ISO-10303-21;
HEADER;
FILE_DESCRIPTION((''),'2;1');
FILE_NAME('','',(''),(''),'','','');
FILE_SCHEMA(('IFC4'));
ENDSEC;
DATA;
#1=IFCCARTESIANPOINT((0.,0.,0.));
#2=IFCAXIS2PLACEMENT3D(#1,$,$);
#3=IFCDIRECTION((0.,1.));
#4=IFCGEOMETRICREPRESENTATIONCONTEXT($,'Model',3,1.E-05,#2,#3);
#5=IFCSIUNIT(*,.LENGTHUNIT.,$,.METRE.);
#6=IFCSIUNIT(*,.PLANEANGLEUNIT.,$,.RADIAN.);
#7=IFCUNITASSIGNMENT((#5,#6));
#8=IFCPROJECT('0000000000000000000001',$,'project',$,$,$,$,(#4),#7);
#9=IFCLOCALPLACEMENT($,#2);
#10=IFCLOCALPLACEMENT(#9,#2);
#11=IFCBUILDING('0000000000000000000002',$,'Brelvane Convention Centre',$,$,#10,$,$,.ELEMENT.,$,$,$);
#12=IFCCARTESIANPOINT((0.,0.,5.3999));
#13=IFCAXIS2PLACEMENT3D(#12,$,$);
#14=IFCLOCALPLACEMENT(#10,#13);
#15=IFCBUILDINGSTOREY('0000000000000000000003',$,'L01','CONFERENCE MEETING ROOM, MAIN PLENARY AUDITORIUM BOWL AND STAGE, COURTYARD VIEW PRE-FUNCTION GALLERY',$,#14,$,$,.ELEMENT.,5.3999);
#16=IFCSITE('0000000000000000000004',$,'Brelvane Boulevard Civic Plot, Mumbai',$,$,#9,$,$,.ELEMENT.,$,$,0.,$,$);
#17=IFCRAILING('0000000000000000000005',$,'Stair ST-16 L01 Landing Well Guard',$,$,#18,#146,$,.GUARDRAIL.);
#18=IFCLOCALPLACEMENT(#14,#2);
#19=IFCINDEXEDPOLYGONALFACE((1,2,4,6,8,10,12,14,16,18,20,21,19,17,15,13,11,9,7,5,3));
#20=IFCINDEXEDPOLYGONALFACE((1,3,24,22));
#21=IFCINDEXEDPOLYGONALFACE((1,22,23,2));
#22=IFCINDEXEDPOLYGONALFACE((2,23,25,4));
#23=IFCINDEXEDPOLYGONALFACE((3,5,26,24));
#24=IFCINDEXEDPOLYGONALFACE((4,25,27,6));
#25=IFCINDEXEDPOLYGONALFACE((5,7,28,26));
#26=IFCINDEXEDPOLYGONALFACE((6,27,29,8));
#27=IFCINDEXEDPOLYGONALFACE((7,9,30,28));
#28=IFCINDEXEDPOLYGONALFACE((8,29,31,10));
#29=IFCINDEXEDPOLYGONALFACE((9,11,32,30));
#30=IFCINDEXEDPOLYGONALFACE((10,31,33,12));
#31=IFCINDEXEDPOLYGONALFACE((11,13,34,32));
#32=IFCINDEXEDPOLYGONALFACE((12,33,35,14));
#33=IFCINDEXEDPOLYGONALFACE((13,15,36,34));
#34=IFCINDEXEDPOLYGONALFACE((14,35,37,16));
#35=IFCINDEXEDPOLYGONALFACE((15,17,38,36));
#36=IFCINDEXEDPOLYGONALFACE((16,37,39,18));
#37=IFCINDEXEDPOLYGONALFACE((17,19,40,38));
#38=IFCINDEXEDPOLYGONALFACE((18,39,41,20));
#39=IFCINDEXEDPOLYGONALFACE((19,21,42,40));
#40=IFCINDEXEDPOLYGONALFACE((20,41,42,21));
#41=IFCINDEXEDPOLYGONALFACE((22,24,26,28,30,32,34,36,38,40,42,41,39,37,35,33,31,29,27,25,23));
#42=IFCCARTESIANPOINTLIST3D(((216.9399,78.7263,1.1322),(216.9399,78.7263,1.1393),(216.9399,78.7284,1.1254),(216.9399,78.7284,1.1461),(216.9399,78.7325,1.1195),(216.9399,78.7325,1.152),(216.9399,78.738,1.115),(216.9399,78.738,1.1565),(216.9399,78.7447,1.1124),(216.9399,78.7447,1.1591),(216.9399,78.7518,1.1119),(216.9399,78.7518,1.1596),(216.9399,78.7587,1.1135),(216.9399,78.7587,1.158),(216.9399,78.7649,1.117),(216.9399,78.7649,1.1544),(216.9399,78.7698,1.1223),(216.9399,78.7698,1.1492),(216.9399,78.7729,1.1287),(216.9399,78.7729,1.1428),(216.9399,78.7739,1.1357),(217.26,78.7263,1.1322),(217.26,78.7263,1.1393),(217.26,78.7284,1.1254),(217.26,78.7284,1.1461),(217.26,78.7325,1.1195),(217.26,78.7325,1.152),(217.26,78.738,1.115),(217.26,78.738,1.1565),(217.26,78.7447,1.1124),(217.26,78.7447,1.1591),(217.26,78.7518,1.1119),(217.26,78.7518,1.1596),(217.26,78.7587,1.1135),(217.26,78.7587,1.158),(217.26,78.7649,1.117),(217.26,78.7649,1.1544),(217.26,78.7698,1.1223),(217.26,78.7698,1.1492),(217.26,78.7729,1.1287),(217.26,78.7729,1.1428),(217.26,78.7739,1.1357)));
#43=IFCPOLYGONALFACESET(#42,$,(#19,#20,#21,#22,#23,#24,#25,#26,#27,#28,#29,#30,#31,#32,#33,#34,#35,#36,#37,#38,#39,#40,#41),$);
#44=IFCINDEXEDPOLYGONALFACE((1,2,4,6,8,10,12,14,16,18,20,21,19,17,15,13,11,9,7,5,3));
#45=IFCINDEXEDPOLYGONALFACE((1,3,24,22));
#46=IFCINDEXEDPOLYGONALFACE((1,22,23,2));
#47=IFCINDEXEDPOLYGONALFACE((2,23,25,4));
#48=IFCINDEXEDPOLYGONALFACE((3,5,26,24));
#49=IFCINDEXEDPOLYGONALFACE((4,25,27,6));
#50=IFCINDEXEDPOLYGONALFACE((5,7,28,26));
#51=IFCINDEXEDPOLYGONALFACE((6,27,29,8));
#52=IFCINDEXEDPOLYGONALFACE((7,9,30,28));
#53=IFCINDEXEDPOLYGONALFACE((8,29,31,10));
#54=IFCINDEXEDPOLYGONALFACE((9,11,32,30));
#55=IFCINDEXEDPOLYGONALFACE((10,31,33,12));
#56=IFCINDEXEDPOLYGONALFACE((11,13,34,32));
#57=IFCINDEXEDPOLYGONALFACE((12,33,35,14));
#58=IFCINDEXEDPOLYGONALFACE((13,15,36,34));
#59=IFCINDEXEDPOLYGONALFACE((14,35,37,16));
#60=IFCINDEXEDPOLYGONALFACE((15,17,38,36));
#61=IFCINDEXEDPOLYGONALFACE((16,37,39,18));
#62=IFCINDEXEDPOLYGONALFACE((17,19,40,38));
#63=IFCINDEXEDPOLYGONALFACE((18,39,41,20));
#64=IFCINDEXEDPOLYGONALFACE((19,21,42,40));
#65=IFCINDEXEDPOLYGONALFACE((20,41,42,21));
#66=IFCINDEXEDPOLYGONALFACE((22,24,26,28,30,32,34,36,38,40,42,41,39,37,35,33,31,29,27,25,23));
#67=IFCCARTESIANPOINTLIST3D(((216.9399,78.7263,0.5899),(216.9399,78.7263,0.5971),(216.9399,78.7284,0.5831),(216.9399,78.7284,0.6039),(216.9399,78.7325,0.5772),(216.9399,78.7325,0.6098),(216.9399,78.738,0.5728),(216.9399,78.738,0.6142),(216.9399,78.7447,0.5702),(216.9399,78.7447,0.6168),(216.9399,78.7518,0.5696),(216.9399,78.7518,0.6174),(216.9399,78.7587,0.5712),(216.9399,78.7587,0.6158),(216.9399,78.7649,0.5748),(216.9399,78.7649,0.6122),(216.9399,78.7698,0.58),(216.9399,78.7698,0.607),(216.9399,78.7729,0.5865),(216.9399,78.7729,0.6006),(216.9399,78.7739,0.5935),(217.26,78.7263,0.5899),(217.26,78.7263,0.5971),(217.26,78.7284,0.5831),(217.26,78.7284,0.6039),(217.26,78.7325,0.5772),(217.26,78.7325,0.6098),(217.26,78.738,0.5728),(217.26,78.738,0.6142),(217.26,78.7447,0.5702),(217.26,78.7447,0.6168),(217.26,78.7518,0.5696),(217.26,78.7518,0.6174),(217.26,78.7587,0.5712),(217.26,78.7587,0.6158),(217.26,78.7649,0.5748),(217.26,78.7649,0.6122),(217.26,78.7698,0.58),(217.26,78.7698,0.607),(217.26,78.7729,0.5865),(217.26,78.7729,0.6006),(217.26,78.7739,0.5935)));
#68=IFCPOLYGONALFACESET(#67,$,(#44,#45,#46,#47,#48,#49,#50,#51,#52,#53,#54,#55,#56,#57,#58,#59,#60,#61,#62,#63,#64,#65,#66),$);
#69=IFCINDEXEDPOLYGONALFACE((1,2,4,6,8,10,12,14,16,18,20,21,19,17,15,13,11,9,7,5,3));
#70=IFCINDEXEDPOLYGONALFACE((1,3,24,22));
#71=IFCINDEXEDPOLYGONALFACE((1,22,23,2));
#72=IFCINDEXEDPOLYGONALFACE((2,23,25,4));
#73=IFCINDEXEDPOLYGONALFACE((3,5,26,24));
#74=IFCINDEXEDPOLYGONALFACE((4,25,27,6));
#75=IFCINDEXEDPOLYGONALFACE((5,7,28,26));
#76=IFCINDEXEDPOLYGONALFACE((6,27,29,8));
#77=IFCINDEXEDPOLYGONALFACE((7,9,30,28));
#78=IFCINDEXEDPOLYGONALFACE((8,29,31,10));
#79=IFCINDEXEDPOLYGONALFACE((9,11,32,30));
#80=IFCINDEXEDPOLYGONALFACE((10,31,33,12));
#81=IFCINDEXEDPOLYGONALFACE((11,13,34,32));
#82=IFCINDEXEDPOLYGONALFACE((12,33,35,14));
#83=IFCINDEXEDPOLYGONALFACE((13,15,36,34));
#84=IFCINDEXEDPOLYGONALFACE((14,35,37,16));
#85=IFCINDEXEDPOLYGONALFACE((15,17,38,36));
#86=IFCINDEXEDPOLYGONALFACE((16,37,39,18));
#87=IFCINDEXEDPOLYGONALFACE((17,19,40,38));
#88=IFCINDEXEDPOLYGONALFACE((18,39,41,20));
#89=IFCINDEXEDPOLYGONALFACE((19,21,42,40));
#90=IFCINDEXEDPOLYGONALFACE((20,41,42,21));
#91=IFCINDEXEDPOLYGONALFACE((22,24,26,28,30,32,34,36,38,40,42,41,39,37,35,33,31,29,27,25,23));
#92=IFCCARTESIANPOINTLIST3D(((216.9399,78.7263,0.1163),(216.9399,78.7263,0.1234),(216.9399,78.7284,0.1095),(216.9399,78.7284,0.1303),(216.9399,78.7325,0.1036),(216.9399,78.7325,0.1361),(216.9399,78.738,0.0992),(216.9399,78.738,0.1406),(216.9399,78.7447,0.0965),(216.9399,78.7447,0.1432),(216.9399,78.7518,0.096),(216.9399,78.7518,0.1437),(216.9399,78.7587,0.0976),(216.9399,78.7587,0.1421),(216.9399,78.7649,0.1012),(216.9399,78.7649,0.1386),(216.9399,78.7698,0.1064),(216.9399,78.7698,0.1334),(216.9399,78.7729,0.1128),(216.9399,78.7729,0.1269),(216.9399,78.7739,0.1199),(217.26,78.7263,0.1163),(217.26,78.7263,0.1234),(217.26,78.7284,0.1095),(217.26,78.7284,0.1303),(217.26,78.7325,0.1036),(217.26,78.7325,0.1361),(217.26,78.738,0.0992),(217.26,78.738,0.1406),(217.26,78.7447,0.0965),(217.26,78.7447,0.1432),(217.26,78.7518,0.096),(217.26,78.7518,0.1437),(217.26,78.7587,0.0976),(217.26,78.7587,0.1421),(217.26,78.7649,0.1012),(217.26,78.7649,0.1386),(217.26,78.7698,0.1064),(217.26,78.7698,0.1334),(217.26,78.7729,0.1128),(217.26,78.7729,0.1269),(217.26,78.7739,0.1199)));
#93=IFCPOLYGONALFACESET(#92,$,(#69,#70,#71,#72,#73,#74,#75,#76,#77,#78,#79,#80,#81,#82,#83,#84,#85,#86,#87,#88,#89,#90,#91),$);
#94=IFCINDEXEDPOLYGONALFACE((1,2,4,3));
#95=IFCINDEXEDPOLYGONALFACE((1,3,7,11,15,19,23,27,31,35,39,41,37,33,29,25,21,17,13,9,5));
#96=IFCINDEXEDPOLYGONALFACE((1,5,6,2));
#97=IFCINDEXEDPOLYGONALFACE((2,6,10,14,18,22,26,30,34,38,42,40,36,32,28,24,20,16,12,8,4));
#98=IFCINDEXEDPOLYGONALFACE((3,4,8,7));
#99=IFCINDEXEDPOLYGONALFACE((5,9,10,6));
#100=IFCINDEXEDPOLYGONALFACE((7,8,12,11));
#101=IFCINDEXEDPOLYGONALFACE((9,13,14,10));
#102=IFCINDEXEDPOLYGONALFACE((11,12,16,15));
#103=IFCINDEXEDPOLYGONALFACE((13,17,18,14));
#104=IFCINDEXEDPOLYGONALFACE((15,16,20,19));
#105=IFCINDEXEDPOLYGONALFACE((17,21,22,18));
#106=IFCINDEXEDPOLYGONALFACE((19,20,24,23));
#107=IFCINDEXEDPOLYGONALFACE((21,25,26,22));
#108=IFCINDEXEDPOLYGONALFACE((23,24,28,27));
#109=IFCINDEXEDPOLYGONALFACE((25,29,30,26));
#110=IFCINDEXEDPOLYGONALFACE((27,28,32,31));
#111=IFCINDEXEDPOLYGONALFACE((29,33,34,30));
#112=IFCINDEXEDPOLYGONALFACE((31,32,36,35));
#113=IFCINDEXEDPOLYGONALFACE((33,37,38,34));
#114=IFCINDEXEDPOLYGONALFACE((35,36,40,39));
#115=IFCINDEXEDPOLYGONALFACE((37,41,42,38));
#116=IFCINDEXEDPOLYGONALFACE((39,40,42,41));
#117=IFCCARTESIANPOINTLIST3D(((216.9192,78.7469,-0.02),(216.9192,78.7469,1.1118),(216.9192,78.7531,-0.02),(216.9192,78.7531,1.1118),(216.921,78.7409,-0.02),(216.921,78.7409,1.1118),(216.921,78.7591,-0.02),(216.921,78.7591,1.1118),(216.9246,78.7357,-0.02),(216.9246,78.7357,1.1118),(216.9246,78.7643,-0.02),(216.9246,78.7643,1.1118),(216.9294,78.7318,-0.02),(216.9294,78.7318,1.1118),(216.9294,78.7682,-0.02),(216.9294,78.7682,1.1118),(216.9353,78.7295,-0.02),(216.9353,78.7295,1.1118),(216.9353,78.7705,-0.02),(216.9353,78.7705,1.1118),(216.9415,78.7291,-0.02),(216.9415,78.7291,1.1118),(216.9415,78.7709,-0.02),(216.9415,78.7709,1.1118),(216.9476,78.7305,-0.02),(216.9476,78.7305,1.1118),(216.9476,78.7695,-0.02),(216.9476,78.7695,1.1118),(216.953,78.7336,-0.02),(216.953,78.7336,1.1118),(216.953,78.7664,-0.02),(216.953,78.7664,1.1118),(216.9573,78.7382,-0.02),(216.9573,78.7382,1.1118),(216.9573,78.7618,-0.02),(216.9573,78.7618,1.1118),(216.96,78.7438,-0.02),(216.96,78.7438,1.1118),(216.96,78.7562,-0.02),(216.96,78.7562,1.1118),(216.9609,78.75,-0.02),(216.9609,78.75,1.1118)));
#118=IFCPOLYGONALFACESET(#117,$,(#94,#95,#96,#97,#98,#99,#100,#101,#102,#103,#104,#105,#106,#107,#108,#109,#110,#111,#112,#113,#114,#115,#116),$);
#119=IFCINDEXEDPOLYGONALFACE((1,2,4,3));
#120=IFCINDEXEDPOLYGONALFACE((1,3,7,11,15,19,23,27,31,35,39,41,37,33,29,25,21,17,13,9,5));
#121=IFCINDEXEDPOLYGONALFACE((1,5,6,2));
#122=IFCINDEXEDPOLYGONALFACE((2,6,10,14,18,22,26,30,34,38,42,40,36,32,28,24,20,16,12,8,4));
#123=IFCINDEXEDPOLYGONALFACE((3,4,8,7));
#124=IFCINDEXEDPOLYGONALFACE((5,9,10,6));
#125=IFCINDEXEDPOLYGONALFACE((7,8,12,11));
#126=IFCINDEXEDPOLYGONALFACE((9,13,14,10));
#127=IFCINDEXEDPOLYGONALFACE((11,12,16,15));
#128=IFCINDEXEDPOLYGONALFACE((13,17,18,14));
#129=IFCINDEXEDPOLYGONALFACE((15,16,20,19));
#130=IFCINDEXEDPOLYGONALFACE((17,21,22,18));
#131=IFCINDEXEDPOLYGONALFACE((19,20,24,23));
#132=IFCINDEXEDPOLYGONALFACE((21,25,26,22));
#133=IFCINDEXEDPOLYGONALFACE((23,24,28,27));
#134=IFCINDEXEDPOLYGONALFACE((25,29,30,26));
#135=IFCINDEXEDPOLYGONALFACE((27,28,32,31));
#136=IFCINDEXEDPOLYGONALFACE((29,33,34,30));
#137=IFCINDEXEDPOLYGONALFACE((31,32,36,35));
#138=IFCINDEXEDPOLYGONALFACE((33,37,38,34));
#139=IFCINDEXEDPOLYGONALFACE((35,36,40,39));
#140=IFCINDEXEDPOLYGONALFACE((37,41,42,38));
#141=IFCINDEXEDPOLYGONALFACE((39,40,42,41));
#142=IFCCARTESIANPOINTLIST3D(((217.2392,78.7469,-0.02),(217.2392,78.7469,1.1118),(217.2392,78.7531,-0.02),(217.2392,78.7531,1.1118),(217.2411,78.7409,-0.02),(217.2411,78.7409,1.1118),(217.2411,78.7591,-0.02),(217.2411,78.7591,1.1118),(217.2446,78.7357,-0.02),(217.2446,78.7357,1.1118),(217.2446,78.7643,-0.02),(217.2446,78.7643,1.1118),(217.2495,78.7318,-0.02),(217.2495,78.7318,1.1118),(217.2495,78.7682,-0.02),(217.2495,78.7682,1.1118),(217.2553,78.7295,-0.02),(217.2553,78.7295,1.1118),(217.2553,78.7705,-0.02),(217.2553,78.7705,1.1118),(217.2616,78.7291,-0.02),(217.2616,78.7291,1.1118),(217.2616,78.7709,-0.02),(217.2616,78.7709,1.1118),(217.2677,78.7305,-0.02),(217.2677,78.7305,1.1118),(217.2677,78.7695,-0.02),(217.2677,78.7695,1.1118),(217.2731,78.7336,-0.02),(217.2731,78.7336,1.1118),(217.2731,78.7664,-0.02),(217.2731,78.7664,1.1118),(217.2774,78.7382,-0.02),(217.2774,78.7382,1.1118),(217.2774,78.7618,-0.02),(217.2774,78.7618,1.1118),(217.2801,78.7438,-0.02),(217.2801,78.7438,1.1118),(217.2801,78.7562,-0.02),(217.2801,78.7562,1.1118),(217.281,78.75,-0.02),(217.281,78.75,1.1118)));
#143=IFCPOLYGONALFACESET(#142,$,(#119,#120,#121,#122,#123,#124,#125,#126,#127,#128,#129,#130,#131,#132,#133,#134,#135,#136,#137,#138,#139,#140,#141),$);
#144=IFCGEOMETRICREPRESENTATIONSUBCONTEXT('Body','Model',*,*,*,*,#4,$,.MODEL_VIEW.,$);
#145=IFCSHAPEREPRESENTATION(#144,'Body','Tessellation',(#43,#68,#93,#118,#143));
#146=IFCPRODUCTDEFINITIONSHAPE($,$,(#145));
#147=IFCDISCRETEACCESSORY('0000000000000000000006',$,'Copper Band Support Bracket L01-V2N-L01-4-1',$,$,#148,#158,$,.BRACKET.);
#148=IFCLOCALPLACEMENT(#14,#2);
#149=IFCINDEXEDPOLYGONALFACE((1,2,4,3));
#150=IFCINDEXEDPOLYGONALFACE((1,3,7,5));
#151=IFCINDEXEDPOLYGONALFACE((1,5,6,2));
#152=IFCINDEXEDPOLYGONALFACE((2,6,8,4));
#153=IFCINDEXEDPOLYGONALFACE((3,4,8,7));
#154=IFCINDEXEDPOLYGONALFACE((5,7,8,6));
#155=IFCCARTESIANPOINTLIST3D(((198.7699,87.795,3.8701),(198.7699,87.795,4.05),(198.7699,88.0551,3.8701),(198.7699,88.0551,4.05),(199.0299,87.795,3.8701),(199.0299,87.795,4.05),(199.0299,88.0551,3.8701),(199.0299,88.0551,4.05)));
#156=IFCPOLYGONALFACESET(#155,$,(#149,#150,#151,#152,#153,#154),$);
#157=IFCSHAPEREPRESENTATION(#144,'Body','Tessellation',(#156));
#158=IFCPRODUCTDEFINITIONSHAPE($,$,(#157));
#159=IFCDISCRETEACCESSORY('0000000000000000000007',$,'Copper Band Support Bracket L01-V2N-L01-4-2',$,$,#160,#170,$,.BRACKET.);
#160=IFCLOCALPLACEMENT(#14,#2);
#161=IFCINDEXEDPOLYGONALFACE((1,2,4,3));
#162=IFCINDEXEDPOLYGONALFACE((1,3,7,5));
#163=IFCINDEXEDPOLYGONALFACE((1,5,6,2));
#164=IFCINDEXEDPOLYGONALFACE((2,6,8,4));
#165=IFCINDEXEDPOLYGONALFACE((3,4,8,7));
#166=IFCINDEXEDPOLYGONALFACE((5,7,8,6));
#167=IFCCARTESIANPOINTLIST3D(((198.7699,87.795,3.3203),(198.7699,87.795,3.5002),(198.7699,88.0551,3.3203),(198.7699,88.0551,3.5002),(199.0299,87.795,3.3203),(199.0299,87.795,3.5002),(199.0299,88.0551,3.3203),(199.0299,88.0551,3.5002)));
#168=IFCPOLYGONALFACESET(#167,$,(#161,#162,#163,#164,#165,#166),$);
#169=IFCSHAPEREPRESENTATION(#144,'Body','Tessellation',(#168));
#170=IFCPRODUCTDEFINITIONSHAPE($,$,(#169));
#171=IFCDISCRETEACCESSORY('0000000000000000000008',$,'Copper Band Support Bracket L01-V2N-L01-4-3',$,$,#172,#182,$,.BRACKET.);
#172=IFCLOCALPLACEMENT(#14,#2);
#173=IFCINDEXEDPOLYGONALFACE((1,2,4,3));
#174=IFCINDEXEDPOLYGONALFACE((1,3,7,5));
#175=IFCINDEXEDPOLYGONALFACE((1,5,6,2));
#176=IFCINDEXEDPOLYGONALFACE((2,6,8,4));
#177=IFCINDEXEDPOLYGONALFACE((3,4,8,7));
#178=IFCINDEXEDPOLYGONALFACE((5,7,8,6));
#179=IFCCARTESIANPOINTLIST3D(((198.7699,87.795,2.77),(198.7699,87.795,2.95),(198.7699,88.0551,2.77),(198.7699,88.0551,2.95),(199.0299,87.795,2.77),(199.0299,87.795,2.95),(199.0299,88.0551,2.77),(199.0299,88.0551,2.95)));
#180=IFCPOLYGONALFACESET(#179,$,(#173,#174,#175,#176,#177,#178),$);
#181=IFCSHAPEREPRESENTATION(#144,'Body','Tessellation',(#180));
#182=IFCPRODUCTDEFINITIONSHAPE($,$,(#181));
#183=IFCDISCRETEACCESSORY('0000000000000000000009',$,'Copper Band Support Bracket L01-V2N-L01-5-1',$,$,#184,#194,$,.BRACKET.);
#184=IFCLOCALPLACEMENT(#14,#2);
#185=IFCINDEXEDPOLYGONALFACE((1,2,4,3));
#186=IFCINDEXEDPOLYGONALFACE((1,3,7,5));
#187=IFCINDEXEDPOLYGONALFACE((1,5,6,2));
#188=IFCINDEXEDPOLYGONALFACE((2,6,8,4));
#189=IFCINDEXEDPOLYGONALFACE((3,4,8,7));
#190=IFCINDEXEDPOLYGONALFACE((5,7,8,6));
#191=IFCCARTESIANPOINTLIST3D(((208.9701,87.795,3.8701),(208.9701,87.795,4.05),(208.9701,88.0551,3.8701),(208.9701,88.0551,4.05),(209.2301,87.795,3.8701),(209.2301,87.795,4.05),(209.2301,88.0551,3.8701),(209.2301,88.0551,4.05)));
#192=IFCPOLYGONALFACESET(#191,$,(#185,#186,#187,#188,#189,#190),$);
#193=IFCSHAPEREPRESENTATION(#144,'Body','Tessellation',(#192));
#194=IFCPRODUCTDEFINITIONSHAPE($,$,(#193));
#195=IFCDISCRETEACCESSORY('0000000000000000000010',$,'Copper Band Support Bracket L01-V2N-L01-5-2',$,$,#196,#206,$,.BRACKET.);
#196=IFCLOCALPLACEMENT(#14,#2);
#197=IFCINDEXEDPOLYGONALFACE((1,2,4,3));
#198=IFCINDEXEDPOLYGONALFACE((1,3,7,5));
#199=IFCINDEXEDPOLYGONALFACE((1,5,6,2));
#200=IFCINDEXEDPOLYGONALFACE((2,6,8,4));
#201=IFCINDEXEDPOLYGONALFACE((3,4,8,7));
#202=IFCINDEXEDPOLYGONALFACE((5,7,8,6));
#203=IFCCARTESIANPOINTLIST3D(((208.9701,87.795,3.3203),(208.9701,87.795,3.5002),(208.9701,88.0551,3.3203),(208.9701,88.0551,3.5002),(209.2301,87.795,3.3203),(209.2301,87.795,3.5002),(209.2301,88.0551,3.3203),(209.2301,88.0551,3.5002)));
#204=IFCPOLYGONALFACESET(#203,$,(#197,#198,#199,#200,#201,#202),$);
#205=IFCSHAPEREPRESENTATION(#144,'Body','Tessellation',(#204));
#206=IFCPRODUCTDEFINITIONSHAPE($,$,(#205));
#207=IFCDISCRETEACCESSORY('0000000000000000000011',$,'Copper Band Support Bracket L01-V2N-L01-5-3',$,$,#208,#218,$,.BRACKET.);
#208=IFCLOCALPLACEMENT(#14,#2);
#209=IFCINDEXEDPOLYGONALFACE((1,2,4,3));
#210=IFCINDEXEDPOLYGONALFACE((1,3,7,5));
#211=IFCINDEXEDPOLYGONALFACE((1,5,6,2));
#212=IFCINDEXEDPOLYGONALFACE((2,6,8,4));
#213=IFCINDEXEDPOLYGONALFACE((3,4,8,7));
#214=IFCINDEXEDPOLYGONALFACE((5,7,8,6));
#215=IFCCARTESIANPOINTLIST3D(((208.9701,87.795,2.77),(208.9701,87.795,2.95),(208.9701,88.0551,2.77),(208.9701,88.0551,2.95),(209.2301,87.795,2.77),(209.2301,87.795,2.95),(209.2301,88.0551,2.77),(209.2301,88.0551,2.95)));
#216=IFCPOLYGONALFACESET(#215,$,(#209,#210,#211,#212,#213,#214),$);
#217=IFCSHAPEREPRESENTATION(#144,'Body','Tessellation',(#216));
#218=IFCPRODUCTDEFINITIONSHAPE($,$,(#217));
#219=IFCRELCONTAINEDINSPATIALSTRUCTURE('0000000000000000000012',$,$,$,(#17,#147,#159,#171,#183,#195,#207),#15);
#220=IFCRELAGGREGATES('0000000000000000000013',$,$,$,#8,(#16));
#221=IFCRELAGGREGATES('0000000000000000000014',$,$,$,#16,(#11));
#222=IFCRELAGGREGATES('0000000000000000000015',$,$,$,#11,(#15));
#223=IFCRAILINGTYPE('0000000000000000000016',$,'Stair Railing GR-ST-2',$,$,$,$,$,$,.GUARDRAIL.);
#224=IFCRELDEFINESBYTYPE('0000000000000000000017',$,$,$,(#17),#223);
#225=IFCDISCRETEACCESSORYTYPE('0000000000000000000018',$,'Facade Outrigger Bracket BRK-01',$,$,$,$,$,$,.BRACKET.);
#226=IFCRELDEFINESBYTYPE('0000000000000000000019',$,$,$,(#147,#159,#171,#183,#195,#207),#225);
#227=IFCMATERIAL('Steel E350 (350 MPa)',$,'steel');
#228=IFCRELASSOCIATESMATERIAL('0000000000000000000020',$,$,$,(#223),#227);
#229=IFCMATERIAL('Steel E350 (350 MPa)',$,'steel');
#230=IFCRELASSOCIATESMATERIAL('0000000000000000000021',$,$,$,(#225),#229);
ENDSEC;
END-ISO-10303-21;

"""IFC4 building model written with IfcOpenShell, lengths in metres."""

from ifc_helpers import new_model, si_unit, direction, frame, origin, origin_2d, place, context, subcontext, project, spatial, rectangle, circle, extrude, material, type_object, element, save


model = new_model("IFC4")

# Units and contexts
model_context = context("Model", 3, precision=1e-05, world=origin(), true_north=direction((0.0, 1.0)))
body_context = subcontext(model_context, "Body", "Model", "MODEL_VIEW")
ifc_project = project(units=[si_unit("LENGTHUNIT", "METRE"), si_unit("PLANEANGLEUNIT", "RADIAN")], contexts=[model_context])

# Site, building, storey
site_placement = place(None, origin())
site = spatial("IfcSite", under=ifc_project, at=site_placement, Name="Brelvane Boulevard Civic Plot, Mumbai", CompositionType="ELEMENT", RefElevation=0.0)
building_placement = place(site_placement, origin())
building = spatial("IfcBuilding", under=site, at=building_placement, Name="Brelvane Convention Centre", CompositionType="ELEMENT")
storey_placement = place(building_placement, frame((0.0, 0.0, 5.3999)))
storey = spatial("IfcBuildingStorey", under=building, at=storey_placement, Name="L01", Description="CONFERENCE MEETING ROOM, MAIN PLENARY AUDITORIUM BOWL AND STAGE, COURTYARD VIEW PRE-FUNCTION GALLERY", CompositionType="ELEMENT", Elevation=5.3999)

# Railing
ifc_material_1 = material(Name="Steel E350 (350 MPa)", Category="steel")
railing_type_1 = type_object("IfcRailingType", Name="Stair Railing GR-ST-2", PredefinedType="GUARDRAIL", material=ifc_material_1)
railing_1_placement = place(storey_placement, frame((216.9399, 78.75, -0.02)))
element("IfcRailing", 1, at=railing_1_placement, inside=storey, type_object=railing_type_1, Name="Stair ST-16 L01 Landing Well Guard", PredefinedType="GUARDRAIL", context=body_context, shape_type="SweptSolid", body=[
    extrude(circle(Radius=0.0239, at=origin_2d()), frame((0.0, 0.0, 1.1558), z_axis=(1.0, 0.0, 0.0), x_axis=(0.0, 1.0, 0.0)), (0.0, 0.0, 1.0), 0.3201),
    extrude(circle(Radius=0.0239, at=origin_2d()), frame((0.0, 0.0, 0.6135), z_axis=(1.0, 0.0, 0.0), x_axis=(0.0, 1.0, 0.0)), (0.0, 0.0, 1.0), 0.3201),
    extrude(circle(Radius=0.0239, at=origin_2d()), frame((0.0, 0.0, 0.1399), z_axis=(1.0, 0.0, 0.0), x_axis=(0.0, 1.0, 0.0)), (0.0, 0.0, 1.0), 0.3201),
    extrude(circle(Radius=0.021, at=origin_2d()), origin(), (0.0, 0.0, 1.0), 1.1318),
    extrude(circle(Radius=0.021, at=origin_2d()), frame((0.3201, 0.0, 0.0)), (0.0, 0.0, 1.0), 1.1318),
])

# Discrete accessories
ifc_material_2 = material(Name="Steel E350 (350 MPa)", Category="steel")
discrete_accessory_type = type_object("IfcDiscreteAccessoryType", Name="Facade Outrigger Bracket BRK-01", PredefinedType="BRACKET", material=ifc_material_2)
for number, where, z_axis, x_axis, name in (
    (2, (198.8999, 87.925, 3.8701), (0.0, 0.0, 1.0), (1.0, 0.0, 0.0), "Copper Band Support Bracket L01-V2N-L01-4-1"),
    (3, (198.8999, 87.925, 3.3203), (0.0, 0.0, 1.0), (1.0, 0.0, 0.0), "Copper Band Support Bracket L01-V2N-L01-4-2"),
    (4, (198.8999, 87.925, 2.77), (0.0, 0.0, 1.0), (1.0, 0.0, 0.0), "Copper Band Support Bracket L01-V2N-L01-4-3"),
    (5, (209.1001, 87.925, 3.8701), (0.0, 0.0, 1.0), (1.0, 0.0, 0.0), "Copper Band Support Bracket L01-V2N-L01-5-1"),
    (6, (209.1001, 87.925, 3.3203), (0.0, 0.0, 1.0), (1.0, 0.0, 0.0), "Copper Band Support Bracket L01-V2N-L01-5-2"),
    (7, (209.1001, 87.925, 2.77), (0.0, 0.0, 1.0), (1.0, 0.0, 0.0), "Copper Band Support Bracket L01-V2N-L01-5-3"),
):
    element("IfcDiscreteAccessory", number, at=place(storey_placement, frame(where, z_axis=z_axis, x_axis=x_axis)), inside=storey, type_object=discrete_accessory_type, Name=name, PredefinedType="BRACKET", context=body_context, shape_type="SweptSolid", body=[
        extrude(rectangle(XDim=0.26, YDim=0.26, at=origin_2d()), origin(), (0.0, 0.0, 1.0), 0.1799),
    ])

save(model, "model.ifc")
